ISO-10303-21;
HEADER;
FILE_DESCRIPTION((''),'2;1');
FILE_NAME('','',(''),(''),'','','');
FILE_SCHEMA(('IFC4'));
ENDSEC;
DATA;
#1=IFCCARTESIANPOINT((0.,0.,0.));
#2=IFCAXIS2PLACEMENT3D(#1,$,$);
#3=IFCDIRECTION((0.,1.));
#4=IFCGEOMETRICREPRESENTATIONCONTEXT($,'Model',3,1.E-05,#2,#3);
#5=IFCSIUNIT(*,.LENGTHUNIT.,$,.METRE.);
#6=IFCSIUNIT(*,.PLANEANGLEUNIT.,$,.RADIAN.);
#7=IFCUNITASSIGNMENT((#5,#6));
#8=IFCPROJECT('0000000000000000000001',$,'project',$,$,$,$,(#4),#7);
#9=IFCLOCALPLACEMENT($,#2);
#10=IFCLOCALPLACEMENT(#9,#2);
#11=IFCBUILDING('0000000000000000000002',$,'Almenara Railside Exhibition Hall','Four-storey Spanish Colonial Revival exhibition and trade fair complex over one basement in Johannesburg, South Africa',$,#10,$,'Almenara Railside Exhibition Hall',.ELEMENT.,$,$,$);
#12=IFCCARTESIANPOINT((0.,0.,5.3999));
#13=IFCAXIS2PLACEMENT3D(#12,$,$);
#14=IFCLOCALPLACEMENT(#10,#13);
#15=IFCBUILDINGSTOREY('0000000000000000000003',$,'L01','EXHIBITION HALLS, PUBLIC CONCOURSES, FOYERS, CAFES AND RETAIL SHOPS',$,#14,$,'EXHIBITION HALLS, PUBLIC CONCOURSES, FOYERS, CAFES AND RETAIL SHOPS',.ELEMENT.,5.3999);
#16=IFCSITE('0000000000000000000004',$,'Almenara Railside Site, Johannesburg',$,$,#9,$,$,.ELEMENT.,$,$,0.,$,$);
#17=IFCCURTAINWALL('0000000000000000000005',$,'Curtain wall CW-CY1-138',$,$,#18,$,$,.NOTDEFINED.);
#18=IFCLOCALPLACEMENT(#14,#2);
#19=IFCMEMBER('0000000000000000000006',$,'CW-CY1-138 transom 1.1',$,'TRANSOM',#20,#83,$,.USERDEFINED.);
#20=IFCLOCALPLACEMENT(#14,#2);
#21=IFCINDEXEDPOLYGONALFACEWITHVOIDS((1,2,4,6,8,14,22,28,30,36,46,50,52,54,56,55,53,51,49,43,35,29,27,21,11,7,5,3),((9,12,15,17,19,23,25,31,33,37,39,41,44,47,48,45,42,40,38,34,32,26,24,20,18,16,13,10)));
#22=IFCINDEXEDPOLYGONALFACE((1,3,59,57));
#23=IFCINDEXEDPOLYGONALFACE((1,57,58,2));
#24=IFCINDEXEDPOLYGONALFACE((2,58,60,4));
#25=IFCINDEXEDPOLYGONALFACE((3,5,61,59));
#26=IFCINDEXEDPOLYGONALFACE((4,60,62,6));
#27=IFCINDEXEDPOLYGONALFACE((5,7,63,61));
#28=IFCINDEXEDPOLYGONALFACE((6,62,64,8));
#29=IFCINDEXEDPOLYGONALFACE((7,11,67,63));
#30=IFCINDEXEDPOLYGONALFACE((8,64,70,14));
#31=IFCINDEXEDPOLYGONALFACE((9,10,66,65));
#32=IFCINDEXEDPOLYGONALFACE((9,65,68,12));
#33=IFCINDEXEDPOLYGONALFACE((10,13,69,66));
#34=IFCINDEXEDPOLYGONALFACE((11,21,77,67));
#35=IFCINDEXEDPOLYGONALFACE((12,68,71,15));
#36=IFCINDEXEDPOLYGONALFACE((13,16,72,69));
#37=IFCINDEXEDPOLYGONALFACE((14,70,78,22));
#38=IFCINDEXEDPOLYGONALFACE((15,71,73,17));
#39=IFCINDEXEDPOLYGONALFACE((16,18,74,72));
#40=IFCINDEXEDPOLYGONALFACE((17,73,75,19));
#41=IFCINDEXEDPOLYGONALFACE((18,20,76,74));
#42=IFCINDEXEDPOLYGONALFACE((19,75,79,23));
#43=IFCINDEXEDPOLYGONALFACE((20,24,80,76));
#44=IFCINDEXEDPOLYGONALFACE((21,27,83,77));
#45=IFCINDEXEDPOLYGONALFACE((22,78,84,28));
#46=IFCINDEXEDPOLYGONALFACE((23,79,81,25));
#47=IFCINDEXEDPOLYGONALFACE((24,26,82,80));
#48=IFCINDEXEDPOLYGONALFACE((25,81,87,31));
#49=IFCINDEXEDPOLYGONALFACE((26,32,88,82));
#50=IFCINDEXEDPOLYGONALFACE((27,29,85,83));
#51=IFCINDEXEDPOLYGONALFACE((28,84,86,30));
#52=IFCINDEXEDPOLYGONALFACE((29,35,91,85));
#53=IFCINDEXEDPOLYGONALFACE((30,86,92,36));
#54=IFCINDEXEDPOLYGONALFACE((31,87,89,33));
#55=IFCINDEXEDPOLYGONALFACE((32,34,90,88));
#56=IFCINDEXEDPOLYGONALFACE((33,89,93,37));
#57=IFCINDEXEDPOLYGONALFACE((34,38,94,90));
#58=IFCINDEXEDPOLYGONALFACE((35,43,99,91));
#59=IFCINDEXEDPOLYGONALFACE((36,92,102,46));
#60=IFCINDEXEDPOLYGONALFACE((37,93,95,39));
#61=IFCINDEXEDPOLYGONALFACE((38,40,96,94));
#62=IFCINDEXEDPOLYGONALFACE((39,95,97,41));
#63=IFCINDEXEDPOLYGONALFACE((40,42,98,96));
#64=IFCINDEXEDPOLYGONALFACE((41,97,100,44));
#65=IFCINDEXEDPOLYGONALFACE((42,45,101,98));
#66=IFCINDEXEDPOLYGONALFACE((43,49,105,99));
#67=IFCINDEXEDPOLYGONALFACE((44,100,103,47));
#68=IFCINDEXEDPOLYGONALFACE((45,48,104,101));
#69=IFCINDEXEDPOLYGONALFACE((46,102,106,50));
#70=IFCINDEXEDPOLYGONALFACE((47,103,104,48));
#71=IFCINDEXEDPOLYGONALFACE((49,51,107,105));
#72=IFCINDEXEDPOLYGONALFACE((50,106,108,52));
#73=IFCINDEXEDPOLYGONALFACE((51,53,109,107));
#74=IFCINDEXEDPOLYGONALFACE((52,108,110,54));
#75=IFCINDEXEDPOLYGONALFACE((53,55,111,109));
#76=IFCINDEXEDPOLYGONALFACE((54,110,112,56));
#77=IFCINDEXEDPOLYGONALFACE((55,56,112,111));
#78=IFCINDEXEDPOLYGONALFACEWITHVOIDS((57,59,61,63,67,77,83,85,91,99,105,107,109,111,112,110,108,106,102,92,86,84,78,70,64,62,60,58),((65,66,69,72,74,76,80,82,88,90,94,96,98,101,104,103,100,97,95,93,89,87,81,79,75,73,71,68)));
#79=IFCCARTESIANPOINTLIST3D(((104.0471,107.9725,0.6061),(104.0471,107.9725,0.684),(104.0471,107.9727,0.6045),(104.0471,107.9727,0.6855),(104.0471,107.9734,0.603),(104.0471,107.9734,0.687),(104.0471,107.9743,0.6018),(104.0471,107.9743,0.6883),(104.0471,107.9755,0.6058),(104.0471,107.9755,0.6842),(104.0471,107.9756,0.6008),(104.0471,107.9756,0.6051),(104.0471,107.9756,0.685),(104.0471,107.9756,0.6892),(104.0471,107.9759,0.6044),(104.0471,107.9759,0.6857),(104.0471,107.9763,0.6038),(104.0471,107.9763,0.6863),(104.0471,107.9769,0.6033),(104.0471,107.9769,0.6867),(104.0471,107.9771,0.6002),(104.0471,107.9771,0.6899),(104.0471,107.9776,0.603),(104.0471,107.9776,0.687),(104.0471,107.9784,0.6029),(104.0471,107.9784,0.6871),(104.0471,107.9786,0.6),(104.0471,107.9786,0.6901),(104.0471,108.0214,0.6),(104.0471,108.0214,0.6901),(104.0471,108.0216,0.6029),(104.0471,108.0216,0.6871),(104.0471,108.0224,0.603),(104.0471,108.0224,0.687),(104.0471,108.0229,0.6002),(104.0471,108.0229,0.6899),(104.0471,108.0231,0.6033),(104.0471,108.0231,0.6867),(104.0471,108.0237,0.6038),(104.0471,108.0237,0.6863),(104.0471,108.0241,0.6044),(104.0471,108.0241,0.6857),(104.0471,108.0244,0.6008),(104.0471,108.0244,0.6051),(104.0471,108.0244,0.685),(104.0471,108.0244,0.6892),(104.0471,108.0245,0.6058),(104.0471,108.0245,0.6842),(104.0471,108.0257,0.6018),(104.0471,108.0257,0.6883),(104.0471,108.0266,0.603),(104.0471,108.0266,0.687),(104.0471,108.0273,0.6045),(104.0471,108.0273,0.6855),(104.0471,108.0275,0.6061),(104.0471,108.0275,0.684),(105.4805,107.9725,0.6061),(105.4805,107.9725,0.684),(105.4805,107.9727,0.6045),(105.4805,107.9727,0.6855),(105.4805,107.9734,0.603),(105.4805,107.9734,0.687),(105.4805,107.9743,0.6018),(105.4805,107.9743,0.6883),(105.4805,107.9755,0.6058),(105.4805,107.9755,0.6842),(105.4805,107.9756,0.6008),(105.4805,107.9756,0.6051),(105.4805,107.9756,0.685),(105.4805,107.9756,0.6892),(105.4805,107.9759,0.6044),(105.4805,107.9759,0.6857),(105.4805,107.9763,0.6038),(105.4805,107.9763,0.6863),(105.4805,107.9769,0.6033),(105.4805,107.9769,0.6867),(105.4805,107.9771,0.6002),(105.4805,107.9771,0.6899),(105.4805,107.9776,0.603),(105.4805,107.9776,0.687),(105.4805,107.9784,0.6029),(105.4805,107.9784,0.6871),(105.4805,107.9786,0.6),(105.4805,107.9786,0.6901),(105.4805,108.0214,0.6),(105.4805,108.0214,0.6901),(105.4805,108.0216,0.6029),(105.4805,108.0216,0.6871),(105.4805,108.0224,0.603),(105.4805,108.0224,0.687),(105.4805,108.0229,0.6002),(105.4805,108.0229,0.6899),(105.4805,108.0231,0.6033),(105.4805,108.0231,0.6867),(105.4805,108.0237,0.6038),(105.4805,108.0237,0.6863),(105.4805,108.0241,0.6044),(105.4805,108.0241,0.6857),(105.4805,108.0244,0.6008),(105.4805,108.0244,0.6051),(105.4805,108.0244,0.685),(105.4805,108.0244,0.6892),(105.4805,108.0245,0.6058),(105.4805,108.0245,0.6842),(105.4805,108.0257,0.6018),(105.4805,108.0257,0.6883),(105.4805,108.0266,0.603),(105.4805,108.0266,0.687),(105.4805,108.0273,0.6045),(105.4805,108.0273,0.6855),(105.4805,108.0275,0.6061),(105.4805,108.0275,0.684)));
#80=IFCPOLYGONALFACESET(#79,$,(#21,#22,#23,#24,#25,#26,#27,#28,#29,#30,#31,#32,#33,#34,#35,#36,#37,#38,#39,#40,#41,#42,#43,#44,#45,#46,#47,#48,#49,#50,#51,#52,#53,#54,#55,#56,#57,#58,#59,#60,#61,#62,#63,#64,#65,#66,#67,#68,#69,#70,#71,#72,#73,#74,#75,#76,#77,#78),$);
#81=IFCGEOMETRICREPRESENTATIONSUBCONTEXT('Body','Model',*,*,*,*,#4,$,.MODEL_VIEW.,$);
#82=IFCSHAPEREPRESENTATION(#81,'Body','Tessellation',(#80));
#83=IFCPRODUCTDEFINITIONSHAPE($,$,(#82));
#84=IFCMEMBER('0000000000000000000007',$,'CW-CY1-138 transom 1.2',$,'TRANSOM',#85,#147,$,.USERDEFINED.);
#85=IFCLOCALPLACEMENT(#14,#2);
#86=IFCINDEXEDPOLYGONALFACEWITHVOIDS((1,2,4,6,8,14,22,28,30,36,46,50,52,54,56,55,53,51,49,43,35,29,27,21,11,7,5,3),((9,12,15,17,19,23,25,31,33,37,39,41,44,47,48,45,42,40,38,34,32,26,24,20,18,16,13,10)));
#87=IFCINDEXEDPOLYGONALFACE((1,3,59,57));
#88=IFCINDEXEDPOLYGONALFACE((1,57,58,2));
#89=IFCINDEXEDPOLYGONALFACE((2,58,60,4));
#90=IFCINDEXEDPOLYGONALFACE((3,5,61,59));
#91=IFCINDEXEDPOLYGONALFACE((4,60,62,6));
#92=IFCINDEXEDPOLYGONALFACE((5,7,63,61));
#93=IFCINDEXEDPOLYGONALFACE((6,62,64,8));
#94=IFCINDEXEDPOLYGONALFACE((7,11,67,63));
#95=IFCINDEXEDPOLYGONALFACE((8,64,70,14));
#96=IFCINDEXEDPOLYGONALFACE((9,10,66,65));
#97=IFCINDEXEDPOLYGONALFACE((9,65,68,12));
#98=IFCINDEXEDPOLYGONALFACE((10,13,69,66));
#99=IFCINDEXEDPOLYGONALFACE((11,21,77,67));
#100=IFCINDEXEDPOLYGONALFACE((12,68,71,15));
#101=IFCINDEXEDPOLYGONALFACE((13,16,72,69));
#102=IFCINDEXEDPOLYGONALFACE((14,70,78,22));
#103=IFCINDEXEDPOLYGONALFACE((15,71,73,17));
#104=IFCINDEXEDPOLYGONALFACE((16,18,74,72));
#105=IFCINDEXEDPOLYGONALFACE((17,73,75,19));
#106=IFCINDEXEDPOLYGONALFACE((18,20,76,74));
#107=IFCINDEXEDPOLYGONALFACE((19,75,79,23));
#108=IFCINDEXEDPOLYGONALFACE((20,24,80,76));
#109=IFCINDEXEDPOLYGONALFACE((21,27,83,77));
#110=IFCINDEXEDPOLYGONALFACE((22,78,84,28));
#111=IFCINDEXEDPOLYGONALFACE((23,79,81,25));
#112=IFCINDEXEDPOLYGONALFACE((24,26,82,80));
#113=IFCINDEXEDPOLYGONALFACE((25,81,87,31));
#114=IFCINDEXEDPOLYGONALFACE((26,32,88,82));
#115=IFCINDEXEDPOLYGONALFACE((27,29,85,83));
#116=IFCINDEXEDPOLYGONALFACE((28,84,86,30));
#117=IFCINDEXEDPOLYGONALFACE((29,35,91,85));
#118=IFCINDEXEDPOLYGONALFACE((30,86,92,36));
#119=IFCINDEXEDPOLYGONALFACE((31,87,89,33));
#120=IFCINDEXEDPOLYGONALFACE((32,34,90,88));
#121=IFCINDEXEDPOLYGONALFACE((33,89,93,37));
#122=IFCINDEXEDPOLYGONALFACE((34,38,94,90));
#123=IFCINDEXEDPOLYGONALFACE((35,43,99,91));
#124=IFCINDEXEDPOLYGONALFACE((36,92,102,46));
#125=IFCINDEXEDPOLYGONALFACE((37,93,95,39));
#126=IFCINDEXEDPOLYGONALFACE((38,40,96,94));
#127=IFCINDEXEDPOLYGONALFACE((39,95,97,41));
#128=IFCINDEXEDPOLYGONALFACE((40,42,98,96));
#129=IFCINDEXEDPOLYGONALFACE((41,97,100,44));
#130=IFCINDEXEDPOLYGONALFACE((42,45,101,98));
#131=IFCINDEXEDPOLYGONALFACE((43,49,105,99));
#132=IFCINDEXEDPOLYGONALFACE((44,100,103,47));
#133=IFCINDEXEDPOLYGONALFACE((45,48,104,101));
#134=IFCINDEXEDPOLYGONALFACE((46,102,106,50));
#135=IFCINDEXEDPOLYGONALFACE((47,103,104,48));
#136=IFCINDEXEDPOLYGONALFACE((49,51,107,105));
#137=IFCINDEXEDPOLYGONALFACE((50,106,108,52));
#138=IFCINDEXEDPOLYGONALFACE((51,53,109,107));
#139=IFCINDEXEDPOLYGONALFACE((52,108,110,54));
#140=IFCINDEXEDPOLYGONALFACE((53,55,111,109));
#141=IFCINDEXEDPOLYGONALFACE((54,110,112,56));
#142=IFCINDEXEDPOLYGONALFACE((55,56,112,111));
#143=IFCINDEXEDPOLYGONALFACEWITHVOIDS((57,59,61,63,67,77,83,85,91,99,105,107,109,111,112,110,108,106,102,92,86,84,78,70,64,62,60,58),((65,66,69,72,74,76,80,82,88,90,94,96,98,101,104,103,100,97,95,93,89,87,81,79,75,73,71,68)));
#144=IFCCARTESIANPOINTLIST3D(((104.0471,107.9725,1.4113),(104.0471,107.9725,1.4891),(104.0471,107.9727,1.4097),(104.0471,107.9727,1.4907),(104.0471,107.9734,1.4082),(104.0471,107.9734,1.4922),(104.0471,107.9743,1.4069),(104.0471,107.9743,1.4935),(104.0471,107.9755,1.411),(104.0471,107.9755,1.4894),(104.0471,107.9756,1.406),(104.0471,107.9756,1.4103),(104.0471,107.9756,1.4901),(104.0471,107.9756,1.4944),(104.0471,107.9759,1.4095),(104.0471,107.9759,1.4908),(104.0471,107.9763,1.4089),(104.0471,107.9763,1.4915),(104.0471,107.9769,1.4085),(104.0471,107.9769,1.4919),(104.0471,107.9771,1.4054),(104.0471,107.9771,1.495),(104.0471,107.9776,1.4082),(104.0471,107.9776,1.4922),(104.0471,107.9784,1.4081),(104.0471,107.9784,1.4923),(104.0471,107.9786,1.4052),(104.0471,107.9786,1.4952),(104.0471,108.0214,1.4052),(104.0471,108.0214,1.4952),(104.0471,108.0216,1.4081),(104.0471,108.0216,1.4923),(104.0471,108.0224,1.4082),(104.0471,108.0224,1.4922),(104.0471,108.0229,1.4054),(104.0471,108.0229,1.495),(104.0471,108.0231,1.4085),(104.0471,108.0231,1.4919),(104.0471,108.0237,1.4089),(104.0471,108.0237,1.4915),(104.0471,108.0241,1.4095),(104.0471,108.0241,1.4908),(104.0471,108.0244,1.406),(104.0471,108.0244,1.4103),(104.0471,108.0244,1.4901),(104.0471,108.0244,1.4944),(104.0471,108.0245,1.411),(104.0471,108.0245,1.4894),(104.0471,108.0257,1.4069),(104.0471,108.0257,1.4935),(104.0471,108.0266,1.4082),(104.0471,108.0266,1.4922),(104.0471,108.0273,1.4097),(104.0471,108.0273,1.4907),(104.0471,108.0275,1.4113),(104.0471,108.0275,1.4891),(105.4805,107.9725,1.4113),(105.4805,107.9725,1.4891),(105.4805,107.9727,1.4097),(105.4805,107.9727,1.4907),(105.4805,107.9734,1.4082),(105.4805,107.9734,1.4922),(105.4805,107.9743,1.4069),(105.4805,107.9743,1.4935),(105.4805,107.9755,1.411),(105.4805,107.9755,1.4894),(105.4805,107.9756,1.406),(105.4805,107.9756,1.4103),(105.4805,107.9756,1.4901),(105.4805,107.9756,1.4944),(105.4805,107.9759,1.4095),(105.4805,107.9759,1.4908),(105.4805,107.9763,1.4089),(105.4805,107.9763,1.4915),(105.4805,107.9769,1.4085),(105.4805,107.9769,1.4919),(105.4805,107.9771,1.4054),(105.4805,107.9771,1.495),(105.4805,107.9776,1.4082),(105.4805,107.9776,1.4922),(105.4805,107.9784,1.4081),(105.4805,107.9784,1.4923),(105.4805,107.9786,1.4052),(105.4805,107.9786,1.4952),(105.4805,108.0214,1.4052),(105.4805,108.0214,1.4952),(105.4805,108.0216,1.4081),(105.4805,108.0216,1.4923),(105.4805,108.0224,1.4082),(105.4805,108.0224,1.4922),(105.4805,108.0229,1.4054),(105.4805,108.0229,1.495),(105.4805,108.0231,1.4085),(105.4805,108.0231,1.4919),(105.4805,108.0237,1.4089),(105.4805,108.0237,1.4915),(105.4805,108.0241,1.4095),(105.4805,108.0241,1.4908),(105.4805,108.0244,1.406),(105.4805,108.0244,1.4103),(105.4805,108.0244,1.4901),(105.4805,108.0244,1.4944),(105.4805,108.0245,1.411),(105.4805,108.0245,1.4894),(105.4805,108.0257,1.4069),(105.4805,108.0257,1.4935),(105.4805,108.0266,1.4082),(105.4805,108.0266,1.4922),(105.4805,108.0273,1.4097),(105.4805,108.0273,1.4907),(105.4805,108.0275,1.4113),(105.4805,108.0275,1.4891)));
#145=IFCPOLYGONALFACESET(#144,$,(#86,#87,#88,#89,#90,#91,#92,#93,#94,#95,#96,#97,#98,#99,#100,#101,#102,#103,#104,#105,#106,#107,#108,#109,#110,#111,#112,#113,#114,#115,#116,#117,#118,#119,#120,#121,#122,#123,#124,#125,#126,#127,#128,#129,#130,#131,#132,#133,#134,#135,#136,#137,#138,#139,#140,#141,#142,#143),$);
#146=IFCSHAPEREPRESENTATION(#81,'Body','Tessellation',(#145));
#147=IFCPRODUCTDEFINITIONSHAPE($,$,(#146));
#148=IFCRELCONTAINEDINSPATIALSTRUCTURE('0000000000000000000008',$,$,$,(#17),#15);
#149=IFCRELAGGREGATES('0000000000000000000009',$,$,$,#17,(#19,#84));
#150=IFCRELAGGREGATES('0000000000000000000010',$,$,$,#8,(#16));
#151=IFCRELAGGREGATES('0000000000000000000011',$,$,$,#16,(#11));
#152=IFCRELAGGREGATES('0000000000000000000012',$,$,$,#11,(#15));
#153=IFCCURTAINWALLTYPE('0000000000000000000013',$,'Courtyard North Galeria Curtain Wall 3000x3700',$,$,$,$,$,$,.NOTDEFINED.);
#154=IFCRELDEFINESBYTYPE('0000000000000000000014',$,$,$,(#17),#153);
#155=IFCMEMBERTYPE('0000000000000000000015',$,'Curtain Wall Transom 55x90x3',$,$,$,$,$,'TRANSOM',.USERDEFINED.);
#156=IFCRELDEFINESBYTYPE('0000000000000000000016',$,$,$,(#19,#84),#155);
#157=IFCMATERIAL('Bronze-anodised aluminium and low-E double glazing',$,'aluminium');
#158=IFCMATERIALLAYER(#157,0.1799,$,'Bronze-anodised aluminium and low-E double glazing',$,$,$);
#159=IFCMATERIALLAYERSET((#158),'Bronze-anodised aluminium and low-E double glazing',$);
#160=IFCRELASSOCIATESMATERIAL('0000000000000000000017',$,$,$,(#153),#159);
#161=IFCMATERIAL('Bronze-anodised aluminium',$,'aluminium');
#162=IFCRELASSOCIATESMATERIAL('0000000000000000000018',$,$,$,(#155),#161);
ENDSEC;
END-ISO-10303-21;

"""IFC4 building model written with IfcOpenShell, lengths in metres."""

from ifc_helpers import new_model, si_unit, direction, frame, origin, origin_2d, place, context, subcontext, project, spatial, hollow_rectangle, extrude, material, layer, layer_set, material_profile, profile_set, type_object, element, aggregate, save


model = new_model("IFC4")

# Units and contexts
model_context = context("Model", 3, precision=1e-05, world=origin(), true_north=direction((0.0, 1.0)))
body_context = subcontext(model_context, "Body", "Model", "MODEL_VIEW")
ifc_project = project(units=[si_unit("LENGTHUNIT", "METRE"), si_unit("PLANEANGLEUNIT", "RADIAN")], contexts=[model_context])

# Site, building, storey
site_placement = place(None, origin())
site = spatial("IfcSite", under=ifc_project, at=site_placement, Name="Almenara Railside Site, Johannesburg", CompositionType="ELEMENT", RefElevation=0.0)
building_placement = place(site_placement, origin())
building = spatial("IfcBuilding", under=site, at=building_placement, Name="Almenara Railside Exhibition Hall", Description="Four-storey Spanish Colonial Revival exhibition and trade fair complex over one basement in Johannesburg, South Africa", LongName="Almenara Railside Exhibition Hall", CompositionType="ELEMENT")
storey_placement = place(building_placement, frame((0.0, 0.0, 5.3999)))
storey = spatial("IfcBuildingStorey", under=building, at=storey_placement, Name="L01", Description="EXHIBITION HALLS, PUBLIC CONCOURSES, FOYERS, CAFES AND RETAIL SHOPS", LongName="EXHIBITION HALLS, PUBLIC CONCOURSES, FOYERS, CAFES AND RETAIL SHOPS", CompositionType="ELEMENT", Elevation=5.3999)

# Curtain wall
ifc_material_1 = material(Name="Bronze-anodised aluminium and low-E double glazing", Category="aluminium")
ifc_layer_1 = layer(ifc_material_1, 0.1799, Name="Bronze-anodised aluminium and low-E double glazing")
ifc_layer_set_1 = layer_set([ifc_layer_1], Name="Bronze-anodised aluminium and low-E double glazing")
curtain_wall_type = type_object("IfcCurtainWallType", Name="Courtyard North Galeria Curtain Wall 3000x3700", PredefinedType="NOTDEFINED", material=ifc_layer_set_1)
curtain_wall_1_placement = place(storey_placement, origin())
curtain_wall_1 = element("IfcCurtainWall", 1, at=curtain_wall_1_placement, inside=storey, type_object=curtain_wall_type, Name="Curtain wall CW-CY1-138", PredefinedType="NOTDEFINED")
ifc_material_2 = material(Name="Bronze-anodised aluminium", Category="aluminium")

# Members
ifc_material_profile_1 = material_profile(ifc_material_2, hollow_rectangle(XDim=0.0549, YDim=0.0901, WallThickness=0.0029, InnerFilletRadius=0.0029, OuterFilletRadius=0.0061, at=origin_2d()), Name="ALU-TRN 55x90x3")
ifc_profile_set_1 = profile_set([ifc_material_profile_1], Name="Bronze-anodised aluminium")
member_type_1 = type_object("IfcMemberType", Name="Curtain Wall Transom 55x90x3", ElementType="TRANSOM", PredefinedType="USERDEFINED", material=ifc_profile_set_1)
member_1_placement = place(storey_placement, frame((104.0471, 108.0, 0.645), z_axis=(1.0, 0.0, 0.0), x_axis=(0.0, 1.0, 0.0)))
member_1 = element("IfcMember", 2, at=member_1_placement, type_object=member_type_1, Name="CW-CY1-138 transom 1.1", ObjectType="TRANSOM", PredefinedType="USERDEFINED", context=body_context, shape_type="SweptSolid", body=[
    extrude(hollow_rectangle(XDim=0.0549, YDim=0.0901, WallThickness=0.0029, InnerFilletRadius=0.0029, OuterFilletRadius=0.0061, at=origin_2d()), origin(), (0.0, 0.0, 1.0), 1.4333),
])
member_2_placement = place(storey_placement, frame((104.0471, 108.0, 1.4502), z_axis=(1.0, 0.0, 0.0), x_axis=(0.0, 1.0, 0.0)))
member_2 = element("IfcMember", 3, at=member_2_placement, type_object=member_type_1, Name="CW-CY1-138 transom 1.2", ObjectType="TRANSOM", PredefinedType="USERDEFINED", context=body_context, shape_type="SweptSolid", body=[
    extrude(hollow_rectangle(XDim=0.0549, YDim=0.0901, WallThickness=0.0029, InnerFilletRadius=0.0029, OuterFilletRadius=0.0061, at=origin_2d()), origin(), (0.0, 0.0, 1.0), 1.4333),
])

aggregate(curtain_wall_1, [member_1, member_2])

save(model, "model.ifc")
